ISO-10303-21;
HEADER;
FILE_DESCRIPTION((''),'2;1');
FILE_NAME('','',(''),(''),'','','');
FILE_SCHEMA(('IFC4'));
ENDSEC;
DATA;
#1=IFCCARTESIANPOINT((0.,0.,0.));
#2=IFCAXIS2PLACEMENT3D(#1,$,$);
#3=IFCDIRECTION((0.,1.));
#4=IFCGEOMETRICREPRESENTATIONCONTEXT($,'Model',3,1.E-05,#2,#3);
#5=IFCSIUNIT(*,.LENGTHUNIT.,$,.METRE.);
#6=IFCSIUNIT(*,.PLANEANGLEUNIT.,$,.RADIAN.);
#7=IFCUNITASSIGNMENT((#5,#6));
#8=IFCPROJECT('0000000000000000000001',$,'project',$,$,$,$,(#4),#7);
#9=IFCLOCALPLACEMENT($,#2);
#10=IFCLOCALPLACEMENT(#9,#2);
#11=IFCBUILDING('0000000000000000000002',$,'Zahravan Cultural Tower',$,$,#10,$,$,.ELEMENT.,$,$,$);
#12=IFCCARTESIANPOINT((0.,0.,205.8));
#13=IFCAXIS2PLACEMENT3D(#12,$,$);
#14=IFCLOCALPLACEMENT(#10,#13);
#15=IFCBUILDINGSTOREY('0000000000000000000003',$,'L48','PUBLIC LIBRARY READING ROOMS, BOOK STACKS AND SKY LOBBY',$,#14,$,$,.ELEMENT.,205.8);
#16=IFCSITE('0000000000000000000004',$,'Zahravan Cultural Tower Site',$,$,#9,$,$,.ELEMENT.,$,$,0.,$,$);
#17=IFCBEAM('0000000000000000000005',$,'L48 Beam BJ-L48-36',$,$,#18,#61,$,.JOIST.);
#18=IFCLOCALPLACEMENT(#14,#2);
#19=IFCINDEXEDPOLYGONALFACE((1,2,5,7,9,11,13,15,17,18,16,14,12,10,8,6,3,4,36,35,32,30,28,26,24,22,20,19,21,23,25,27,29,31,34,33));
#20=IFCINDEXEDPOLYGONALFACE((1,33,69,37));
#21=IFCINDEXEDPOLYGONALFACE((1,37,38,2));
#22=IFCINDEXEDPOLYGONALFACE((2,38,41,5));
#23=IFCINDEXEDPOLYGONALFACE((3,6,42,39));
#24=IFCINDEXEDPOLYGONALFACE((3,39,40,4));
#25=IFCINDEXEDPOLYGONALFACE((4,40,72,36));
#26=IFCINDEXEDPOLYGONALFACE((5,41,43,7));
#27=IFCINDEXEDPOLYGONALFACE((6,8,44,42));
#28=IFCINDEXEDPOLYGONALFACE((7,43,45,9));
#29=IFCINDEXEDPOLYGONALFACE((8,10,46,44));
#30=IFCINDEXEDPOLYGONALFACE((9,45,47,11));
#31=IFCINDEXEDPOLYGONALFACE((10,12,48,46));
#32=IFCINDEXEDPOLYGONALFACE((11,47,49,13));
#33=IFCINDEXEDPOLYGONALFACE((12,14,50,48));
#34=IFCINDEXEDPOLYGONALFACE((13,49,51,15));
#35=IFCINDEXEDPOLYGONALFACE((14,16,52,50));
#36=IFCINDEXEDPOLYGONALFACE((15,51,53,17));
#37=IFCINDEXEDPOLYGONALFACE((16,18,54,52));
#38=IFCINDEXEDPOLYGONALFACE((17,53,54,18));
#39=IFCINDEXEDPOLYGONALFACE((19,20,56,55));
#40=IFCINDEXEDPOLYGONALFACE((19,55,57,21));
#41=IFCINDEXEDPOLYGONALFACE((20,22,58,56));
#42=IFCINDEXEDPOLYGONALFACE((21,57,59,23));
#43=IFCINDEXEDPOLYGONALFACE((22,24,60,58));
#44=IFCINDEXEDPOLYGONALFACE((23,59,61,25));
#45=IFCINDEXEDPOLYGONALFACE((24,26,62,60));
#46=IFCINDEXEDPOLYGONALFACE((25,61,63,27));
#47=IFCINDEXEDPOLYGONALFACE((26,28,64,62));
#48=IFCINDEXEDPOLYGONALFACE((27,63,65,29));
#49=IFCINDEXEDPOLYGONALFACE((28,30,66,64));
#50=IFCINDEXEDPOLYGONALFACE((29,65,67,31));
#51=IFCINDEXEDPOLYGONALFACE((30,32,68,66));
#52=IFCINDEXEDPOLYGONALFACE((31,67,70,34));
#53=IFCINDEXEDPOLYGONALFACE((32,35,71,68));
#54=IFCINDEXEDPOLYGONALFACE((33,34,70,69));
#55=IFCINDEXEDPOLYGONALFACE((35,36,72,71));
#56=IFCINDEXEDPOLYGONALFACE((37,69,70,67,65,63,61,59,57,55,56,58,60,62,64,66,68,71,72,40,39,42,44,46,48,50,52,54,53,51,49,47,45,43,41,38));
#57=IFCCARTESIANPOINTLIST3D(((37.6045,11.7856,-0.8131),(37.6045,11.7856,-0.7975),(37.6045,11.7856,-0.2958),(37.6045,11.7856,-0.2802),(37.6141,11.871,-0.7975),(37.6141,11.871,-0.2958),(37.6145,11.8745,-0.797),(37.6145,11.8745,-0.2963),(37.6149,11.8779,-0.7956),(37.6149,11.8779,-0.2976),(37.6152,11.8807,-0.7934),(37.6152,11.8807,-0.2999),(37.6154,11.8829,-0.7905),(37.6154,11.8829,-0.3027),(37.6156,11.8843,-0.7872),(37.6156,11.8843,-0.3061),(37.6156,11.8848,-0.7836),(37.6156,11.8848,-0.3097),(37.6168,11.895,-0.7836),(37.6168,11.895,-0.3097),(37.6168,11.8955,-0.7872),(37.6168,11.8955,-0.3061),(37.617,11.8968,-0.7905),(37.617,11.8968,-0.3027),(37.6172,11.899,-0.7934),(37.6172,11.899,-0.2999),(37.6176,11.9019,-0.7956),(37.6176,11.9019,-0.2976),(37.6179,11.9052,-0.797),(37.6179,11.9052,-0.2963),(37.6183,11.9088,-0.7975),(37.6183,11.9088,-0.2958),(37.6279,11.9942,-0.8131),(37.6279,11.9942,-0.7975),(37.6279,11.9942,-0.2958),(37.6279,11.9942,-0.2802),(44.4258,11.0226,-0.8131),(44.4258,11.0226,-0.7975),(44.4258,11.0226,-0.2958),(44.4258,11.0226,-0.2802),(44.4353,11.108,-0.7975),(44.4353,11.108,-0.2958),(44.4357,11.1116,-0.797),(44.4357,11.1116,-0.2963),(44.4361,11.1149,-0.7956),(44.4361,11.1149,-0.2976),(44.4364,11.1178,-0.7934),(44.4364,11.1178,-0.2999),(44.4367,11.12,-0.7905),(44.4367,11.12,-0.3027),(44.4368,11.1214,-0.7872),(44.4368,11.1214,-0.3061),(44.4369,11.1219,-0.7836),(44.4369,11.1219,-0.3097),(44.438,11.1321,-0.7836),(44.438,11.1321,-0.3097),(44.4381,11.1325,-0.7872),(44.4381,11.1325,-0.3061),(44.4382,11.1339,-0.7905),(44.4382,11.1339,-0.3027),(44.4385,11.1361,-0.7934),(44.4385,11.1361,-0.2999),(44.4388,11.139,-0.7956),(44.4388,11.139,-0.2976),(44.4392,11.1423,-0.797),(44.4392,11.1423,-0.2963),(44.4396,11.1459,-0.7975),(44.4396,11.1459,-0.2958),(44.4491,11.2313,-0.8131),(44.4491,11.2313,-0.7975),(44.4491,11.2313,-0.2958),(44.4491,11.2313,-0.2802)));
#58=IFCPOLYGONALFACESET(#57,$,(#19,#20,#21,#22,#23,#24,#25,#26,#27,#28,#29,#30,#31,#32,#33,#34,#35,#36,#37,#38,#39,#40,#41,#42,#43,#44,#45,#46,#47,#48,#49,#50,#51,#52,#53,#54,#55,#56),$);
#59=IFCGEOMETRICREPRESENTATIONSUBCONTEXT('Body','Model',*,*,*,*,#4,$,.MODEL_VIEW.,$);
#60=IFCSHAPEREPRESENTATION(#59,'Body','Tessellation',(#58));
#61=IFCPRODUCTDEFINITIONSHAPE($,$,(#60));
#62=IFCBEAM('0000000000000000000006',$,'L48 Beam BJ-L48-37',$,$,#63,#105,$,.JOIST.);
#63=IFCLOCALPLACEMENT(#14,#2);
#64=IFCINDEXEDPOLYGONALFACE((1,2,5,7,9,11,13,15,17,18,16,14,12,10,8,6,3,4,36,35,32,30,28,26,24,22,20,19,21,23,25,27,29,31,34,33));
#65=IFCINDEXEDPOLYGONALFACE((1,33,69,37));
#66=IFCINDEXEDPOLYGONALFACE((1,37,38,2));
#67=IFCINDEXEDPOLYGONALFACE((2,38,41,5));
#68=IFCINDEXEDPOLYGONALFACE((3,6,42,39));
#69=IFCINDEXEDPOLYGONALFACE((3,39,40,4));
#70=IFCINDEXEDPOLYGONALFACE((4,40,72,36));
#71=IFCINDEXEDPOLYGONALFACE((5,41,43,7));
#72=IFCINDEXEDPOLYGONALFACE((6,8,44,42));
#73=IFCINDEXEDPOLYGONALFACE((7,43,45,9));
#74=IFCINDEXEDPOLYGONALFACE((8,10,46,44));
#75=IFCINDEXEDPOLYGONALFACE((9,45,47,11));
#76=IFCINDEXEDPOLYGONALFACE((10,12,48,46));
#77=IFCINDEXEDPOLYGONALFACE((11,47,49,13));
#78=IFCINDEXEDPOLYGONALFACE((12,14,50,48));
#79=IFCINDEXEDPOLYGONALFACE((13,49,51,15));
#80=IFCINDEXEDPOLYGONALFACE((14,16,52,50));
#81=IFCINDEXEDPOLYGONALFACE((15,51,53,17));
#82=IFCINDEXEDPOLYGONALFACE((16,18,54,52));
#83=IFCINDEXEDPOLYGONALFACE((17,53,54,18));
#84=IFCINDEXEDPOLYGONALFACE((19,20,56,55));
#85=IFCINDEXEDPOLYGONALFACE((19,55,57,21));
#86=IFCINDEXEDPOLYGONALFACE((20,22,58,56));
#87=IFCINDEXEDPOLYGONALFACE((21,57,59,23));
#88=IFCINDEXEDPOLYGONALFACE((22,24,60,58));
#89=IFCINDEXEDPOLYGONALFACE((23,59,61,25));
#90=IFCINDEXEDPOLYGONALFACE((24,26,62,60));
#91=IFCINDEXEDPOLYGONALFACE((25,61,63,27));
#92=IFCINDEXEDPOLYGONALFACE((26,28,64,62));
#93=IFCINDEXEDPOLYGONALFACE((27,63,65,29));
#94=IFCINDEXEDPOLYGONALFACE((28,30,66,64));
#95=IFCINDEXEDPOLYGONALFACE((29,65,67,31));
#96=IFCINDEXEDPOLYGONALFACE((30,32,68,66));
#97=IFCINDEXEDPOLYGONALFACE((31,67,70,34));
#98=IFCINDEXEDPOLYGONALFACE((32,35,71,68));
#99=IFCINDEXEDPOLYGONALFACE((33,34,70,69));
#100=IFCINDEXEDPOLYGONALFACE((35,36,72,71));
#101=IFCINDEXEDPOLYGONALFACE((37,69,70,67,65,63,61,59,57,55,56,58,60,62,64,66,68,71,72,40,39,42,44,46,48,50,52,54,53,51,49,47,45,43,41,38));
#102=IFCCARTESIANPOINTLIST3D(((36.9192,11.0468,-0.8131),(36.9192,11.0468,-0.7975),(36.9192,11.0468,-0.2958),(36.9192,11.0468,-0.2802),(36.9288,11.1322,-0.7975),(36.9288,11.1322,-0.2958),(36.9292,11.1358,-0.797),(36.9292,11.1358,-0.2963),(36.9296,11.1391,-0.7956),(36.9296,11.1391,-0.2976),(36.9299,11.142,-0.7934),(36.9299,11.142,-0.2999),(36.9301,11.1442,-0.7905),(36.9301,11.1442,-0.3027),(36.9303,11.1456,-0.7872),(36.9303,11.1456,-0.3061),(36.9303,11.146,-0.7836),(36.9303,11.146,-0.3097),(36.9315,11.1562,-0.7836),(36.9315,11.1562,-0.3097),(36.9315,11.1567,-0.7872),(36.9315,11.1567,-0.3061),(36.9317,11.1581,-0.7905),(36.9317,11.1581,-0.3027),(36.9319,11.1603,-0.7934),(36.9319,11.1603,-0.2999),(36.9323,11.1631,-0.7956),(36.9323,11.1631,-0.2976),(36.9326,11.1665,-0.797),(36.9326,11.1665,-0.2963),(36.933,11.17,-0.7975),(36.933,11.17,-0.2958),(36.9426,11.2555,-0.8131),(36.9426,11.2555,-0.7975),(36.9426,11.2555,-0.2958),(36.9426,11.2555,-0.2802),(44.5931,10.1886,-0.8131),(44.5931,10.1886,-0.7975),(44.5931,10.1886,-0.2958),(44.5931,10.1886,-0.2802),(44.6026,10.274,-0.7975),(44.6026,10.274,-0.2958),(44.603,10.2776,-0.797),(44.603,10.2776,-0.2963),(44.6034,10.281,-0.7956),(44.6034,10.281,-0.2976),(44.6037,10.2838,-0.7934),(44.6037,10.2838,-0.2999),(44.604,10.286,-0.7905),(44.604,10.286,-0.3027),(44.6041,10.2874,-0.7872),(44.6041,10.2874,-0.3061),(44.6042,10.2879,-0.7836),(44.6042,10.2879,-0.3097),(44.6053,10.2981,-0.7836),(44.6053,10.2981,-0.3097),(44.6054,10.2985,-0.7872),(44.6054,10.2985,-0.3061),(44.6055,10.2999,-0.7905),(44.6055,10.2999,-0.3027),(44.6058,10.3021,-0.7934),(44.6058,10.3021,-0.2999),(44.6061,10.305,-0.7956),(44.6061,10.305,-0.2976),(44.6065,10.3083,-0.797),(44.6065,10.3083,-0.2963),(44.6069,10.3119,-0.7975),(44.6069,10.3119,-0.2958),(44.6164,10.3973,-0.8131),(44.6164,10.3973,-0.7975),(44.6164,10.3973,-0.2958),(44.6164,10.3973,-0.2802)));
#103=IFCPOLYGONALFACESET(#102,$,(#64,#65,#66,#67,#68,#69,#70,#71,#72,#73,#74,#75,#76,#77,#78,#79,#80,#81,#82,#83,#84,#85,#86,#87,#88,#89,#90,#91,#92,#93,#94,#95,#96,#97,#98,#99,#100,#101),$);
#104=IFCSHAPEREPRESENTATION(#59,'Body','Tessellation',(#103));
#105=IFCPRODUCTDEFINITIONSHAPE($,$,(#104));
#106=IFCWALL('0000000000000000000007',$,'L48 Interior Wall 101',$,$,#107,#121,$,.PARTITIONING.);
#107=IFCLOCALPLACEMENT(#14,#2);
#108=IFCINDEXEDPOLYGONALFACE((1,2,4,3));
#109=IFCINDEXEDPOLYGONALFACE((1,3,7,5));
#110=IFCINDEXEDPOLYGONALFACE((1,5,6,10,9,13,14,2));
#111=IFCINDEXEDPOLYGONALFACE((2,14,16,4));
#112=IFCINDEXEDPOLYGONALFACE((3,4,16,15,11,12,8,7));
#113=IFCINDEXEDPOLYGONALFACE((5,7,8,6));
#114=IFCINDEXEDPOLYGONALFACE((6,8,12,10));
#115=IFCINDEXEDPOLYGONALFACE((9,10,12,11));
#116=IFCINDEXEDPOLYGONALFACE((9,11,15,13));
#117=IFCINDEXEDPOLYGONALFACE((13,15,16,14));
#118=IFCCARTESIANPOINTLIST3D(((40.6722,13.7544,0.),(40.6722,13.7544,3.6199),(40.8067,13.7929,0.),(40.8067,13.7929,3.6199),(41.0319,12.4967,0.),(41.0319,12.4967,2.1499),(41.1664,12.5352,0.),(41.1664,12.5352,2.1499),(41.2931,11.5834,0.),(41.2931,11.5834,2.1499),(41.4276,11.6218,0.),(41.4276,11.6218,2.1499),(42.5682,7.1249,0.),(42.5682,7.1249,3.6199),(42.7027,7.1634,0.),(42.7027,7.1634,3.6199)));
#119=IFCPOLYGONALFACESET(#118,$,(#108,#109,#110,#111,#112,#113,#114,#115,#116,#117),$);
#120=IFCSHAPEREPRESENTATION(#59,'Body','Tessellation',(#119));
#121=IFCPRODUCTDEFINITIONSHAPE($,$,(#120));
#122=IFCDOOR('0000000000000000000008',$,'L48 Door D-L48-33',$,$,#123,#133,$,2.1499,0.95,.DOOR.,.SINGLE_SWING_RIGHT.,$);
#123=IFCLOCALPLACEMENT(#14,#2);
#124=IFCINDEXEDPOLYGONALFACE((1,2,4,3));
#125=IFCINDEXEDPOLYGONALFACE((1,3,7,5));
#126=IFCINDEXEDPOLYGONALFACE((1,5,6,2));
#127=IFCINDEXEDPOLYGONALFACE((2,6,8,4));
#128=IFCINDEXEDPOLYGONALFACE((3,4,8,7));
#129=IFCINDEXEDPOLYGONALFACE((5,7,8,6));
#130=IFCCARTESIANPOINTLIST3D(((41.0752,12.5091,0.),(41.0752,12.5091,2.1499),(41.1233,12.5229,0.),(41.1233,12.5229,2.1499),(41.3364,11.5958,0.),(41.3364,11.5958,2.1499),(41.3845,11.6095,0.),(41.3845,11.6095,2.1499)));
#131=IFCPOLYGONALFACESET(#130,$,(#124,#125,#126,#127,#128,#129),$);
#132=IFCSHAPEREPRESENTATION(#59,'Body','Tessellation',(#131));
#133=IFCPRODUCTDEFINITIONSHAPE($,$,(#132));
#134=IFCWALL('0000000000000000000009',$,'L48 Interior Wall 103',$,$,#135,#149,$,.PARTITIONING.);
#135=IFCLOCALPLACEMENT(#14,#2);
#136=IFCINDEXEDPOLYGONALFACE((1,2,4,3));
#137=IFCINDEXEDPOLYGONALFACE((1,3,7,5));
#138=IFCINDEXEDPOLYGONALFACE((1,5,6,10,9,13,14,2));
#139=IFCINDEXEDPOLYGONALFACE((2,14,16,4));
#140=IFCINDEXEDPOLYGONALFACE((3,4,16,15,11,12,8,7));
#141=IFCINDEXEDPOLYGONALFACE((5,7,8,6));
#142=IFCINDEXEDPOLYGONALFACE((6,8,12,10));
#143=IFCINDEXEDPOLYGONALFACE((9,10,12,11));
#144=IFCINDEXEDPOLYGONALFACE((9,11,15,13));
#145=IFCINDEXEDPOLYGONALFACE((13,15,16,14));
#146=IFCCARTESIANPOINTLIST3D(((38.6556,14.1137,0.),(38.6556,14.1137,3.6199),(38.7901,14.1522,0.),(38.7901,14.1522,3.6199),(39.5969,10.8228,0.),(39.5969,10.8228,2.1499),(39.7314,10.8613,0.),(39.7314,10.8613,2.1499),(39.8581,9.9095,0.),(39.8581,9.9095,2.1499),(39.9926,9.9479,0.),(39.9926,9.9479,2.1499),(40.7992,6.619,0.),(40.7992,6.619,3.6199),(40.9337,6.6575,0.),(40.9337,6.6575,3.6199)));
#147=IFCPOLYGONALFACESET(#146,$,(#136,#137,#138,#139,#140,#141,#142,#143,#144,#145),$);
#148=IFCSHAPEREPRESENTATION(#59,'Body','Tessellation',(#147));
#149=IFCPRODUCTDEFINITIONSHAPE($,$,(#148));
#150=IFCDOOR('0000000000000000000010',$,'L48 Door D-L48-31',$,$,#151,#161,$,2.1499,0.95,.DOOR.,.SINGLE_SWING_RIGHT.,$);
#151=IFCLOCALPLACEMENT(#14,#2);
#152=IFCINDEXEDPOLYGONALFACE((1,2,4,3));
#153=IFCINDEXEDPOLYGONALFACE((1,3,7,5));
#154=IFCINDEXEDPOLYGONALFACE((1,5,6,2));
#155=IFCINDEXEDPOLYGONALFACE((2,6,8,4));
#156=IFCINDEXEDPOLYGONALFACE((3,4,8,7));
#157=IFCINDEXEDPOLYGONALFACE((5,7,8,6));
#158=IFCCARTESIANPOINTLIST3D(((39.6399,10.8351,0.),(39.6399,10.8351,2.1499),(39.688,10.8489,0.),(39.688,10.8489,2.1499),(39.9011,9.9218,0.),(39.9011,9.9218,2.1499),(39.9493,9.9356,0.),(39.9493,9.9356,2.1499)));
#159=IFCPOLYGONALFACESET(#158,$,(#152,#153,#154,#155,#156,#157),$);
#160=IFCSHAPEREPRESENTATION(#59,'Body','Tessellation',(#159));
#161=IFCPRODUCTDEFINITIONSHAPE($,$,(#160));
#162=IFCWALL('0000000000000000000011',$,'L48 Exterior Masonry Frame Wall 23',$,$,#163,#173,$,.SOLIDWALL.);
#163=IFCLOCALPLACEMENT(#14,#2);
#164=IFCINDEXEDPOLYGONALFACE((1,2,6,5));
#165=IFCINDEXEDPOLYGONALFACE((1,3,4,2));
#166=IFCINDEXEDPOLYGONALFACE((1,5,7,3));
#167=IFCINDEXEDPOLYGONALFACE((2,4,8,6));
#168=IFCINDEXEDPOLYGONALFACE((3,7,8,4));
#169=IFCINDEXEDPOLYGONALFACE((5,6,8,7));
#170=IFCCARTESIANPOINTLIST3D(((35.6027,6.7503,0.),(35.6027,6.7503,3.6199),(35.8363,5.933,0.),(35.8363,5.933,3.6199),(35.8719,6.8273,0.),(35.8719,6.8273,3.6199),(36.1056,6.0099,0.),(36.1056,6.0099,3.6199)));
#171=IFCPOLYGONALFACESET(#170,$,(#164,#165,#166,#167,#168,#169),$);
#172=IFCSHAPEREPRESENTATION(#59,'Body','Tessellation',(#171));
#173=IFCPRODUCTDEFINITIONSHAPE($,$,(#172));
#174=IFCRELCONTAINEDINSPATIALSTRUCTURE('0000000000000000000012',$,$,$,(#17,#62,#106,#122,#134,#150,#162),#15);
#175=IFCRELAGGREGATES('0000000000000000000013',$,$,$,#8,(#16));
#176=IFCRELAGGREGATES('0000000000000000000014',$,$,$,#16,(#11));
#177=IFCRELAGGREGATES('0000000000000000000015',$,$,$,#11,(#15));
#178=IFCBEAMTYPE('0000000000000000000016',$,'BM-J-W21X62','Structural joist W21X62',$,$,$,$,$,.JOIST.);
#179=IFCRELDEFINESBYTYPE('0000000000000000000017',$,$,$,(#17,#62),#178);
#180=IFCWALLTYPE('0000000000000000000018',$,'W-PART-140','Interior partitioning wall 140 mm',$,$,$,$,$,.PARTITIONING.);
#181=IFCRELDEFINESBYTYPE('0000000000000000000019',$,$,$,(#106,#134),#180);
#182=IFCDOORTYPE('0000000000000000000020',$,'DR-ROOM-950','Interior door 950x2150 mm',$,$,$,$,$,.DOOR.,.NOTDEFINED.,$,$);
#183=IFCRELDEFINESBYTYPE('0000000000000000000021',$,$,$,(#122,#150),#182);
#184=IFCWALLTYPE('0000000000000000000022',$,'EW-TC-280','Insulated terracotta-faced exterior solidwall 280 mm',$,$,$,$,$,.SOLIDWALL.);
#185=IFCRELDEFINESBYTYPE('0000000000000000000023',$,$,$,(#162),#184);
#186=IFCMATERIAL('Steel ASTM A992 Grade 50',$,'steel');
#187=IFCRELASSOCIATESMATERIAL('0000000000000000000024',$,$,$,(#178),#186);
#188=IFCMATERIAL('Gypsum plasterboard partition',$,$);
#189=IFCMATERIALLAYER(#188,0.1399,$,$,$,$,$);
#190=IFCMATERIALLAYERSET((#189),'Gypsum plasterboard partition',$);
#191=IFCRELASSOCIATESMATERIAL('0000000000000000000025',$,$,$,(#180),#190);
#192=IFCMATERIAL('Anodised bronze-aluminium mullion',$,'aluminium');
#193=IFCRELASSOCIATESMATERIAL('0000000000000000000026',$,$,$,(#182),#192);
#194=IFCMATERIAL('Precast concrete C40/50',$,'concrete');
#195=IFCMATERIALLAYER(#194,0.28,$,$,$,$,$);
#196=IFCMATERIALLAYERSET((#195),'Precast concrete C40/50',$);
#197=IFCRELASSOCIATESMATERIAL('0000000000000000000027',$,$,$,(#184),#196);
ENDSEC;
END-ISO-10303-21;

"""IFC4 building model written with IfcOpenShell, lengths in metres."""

from ifc_helpers import new_model, si_unit, direction, frame, frame_2d, origin, origin_2d, place, context, subcontext, project, spatial, rectangle, i_section, extrude, source, transform, mapped, material, layer, layer_set, material_profile, profile_set, type_object, element, fill, save


model = new_model("IFC4")

# Units and contexts
model_context = context("Model", 3, precision=1e-05, world=origin(), true_north=direction((0.0, 1.0)))
body_context = subcontext(model_context, "Body", "Model", "MODEL_VIEW")
ifc_project = project(units=[si_unit("LENGTHUNIT", "METRE"), si_unit("PLANEANGLEUNIT", "RADIAN")], contexts=[model_context])

# Site, building, storey
site_placement = place(None, origin())
site = spatial("IfcSite", under=ifc_project, at=site_placement, Name="Zahravan Cultural Tower Site", CompositionType="ELEMENT", RefElevation=0.0)
building_placement = place(site_placement, origin())
building = spatial("IfcBuilding", under=site, at=building_placement, Name="Zahravan Cultural Tower", CompositionType="ELEMENT")
storey_placement = place(building_placement, frame((0.0, 0.0, 205.8)))
storey = spatial("IfcBuildingStorey", under=building, at=storey_placement, Name="L48", Description="PUBLIC LIBRARY READING ROOMS, BOOK STACKS AND SKY LOBBY", CompositionType="ELEMENT", Elevation=205.8)

# Shared definitions
ifc_material_1 = material(Name="Steel ASTM A992 Grade 50", Category="steel")

# Beams
ifc_material_profile_1 = material_profile(ifc_material_1, i_section(OverallWidth=0.21, OverallDepth=0.533, WebThickness=0.0103, FlangeThickness=0.0156, FilletRadius=0.0139, at=origin_2d()), Name="W21X62")
ifc_profile_set_1 = profile_set([ifc_material_profile_1], Name="Steel ASTM A992 Grade 50")
beam_type_1 = type_object("IfcBeamType", Name="BM-J-W21X62", Description="Structural joist W21X62", PredefinedType="JOIST", material=ifc_profile_set_1)
shared_shape_1 = source(origin(), body_context, "Body", "SweptSolid", [
    extrude(i_section(OverallWidth=0.21, OverallDepth=0.533, WebThickness=0.0103, FlangeThickness=0.0156, FilletRadius=0.0139, at=origin_2d()), origin(), (0.0, 0.0, 1.0), 6.8638),
])
beam_1_placement = place(storey_placement, frame((37.6162, 11.8899, -0.5466), z_axis=(0.993803, -0.111154, 0.0), x_axis=(0.111154, 0.993803, 0.0)))
element("IfcBeam", 1, at=beam_1_placement, inside=storey, type_object=beam_type_1, Name="L48 Beam BJ-L48-36", PredefinedType="JOIST", context=body_context, shape_type="MappedRepresentation", body=[
    mapped(shared_shape_1, transform((0.0, 0.0, 0.0), x_axis=(1.0, 0.0, 0.0), y_axis=(0.0, 1.0, 0.0), z_axis=(0.0, 0.0, 1.0), scale=1.0)),
])
shared_shape_2 = source(origin(), body_context, "Body", "SweptSolid", [
    extrude(i_section(OverallWidth=0.21, OverallDepth=0.533, WebThickness=0.0103, FlangeThickness=0.0156, FilletRadius=0.0139, at=origin_2d()), origin(), (0.0, 0.0, 1.0), 7.7217),
])
beam_2_placement = place(storey_placement, frame((36.9309, 11.1511, -0.5466), z_axis=(0.993805, -0.111136, 0.0), x_axis=(0.111136, 0.993805, 0.0)))
element("IfcBeam", 2, at=beam_2_placement, inside=storey, type_object=beam_type_1, Name="L48 Beam BJ-L48-37", PredefinedType="JOIST", context=body_context, shape_type="MappedRepresentation", body=[
    mapped(shared_shape_2, transform((0.0, 0.0, 0.0), x_axis=(1.0, 0.0, 0.0), y_axis=(0.0, 1.0, 0.0), z_axis=(0.0, 0.0, 1.0), scale=1.0)),
])

# Walls, openings, doors
ifc_material_2 = material(Name="Gypsum plasterboard partition")
ifc_layer_1 = layer(ifc_material_2, 0.1399)
ifc_layer_set_1 = layer_set([ifc_layer_1], Name="Gypsum plasterboard partition")
wall_type_1 = type_object("IfcWallType", Name="W-PART-140", Description="Interior partitioning wall 140 mm", PredefinedType="PARTITIONING", material=ifc_layer_set_1)
ifc_material_3 = material(Name="Anodised bronze-aluminium mullion", Category="aluminium")
door_type = type_object("IfcDoorType", Name="DR-ROOM-950", Description="Interior door 950x2150 mm", OperationType="NOTDEFINED", PredefinedType="DOOR", material=ifc_material_3)
shared_shape_3 = source(origin(), body_context, "Body", "SweptSolid", [
    extrude(rectangle(XDim=0.95, YDim=2.1499, at=frame_2d((0.4751, 1.075))), frame((0.0, 0.0249, 0.0), z_axis=(0.0, -1.0, 0.0), x_axis=(1.0, 0.0, 0.0)), (0.0, 0.0, 1.0), 0.05),
])
wall_1_placement = place(storey_placement, frame((42.6355, 7.144, 0.0), z_axis=(0.0, 0.0, 1.0), x_axis=(-0.274974, 0.961452, 0.0)))
wall_1 = element("IfcWall", 3, at=wall_1_placement, inside=storey, type_object=wall_type_1, Name="L48 Interior Wall 101", PredefinedType="PARTITIONING", context=body_context, shape_type="SweptSolid", body=[
    extrude(rectangle(XDim=6.8953, YDim=0.1399, at=frame_2d((3.4478, 0.0))), origin(), (0.0, 0.0, 1.0), 3.6199),
])
opening_1_placement = place(wall_1_placement, frame((4.6372, 0.0, 0.0)))
opening_1 = element("IfcOpeningElement", 4, at=opening_1_placement, cuts=wall_1, PredefinedType="OPENING", context=body_context, shape_type="SweptSolid", body=[
    extrude(rectangle(XDim=0.95, YDim=2.1499, at=frame_2d((0.4751, 1.075))), frame((0.0, 0.0798, 0.0), z_axis=(0.0, -1.0, 0.0), x_axis=(1.0, 0.0, 0.0)), (0.0, 0.0, 1.0), 0.1599),
])
door_1_placement = place(opening_1_placement, origin())
door_1 = element("IfcDoor", 5, at=door_1_placement, inside=storey, type_object=door_type, Name="L48 Door D-L48-33", OperationType="SINGLE_SWING_RIGHT", OverallHeight=2.1499, OverallWidth=0.95, PredefinedType="DOOR", context=body_context, shape_type="MappedRepresentation", body=[
    mapped(shared_shape_3, transform((0.0, 0.0, 0.0), x_axis=(1.0, 0.0, 0.0), y_axis=(0.0, 1.0, 0.0), z_axis=(0.0, 0.0, 1.0), scale=1.0)),
])
fill(opening_1, door_1)
wall_2_placement = place(storey_placement, frame((38.7229, 14.1328, 0.0), z_axis=(0.0, 0.0, 1.0), x_axis=(0.274986, -0.961448, 0.0)))
wall_2 = element("IfcWall", 6, at=wall_2_placement, inside=storey, type_object=wall_type_1, Name="L48 Interior Wall 103", PredefinedType="PARTITIONING", context=body_context, shape_type="SweptSolid", body=[
    extrude(rectangle(XDim=7.7952, YDim=0.1399, at=frame_2d((3.8975, 0.0))), origin(), (0.0, 0.0, 1.0), 3.6199),
])
opening_2_placement = place(wall_2_placement, frame((3.4226, 0.0, 0.0)))
opening_2 = element("IfcOpeningElement", 7, at=opening_2_placement, cuts=wall_2, PredefinedType="OPENING", context=body_context, shape_type="SweptSolid", body=[
    extrude(rectangle(XDim=0.95, YDim=2.1499, at=frame_2d((0.4751, 1.075))), frame((0.0, 0.0798, 0.0), z_axis=(0.0, -1.0, 0.0), x_axis=(1.0, 0.0, 0.0)), (0.0, 0.0, 1.0), 0.1599),
])
door_2_placement = place(opening_2_placement, origin())
door_2 = element("IfcDoor", 8, at=door_2_placement, inside=storey, type_object=door_type, Name="L48 Door D-L48-31", OperationType="SINGLE_SWING_RIGHT", OverallHeight=2.1499, OverallWidth=0.95, PredefinedType="DOOR", context=body_context, shape_type="MappedRepresentation", body=[
    mapped(shared_shape_3, transform((0.0, 0.0, 0.0), x_axis=(1.0, 0.0, 0.0), y_axis=(0.0, 1.0, 0.0), z_axis=(0.0, 0.0, 1.0), scale=1.0)),
])
fill(opening_2, door_2)

# Wall
ifc_material_4 = material(Name="Precast concrete C40/50", Category="concrete")
ifc_layer_2 = layer(ifc_material_4, 0.28)
ifc_layer_set_2 = layer_set([ifc_layer_2], Name="Precast concrete C40/50")
wall_type_2 = type_object("IfcWallType", Name="EW-TC-280", Description="Insulated terracotta-faced exterior solidwall 280 mm", PredefinedType="SOLIDWALL", material=ifc_layer_set_2)
shared_shape_4 = source(origin(), body_context, "Body", "SweptSolid", [
    extrude(rectangle(XDim=0.8501, YDim=0.28, at=frame_2d((0.425, 0.0))), origin(), (0.0, 0.0, 1.0), 3.6199),
])
wall_3_placement = place(storey_placement, frame((35.9709, 5.9714, 0.0), z_axis=(0.0, 0.0, 1.0), x_axis=(-0.274835, 0.961491, 0.0)))
element("IfcWall", 9, at=wall_3_placement, inside=storey, type_object=wall_type_2, Name="L48 Exterior Masonry Frame Wall 23", PredefinedType="SOLIDWALL", context=body_context, shape_type="MappedRepresentation", body=[
    mapped(shared_shape_4, transform((0.0, 0.0, 0.0), x_axis=(1.0, 0.0, 0.0), y_axis=(0.0, 1.0, 0.0), z_axis=(0.0, 0.0, 1.0), scale=1.0)),
])

save(model, "model.ifc")
